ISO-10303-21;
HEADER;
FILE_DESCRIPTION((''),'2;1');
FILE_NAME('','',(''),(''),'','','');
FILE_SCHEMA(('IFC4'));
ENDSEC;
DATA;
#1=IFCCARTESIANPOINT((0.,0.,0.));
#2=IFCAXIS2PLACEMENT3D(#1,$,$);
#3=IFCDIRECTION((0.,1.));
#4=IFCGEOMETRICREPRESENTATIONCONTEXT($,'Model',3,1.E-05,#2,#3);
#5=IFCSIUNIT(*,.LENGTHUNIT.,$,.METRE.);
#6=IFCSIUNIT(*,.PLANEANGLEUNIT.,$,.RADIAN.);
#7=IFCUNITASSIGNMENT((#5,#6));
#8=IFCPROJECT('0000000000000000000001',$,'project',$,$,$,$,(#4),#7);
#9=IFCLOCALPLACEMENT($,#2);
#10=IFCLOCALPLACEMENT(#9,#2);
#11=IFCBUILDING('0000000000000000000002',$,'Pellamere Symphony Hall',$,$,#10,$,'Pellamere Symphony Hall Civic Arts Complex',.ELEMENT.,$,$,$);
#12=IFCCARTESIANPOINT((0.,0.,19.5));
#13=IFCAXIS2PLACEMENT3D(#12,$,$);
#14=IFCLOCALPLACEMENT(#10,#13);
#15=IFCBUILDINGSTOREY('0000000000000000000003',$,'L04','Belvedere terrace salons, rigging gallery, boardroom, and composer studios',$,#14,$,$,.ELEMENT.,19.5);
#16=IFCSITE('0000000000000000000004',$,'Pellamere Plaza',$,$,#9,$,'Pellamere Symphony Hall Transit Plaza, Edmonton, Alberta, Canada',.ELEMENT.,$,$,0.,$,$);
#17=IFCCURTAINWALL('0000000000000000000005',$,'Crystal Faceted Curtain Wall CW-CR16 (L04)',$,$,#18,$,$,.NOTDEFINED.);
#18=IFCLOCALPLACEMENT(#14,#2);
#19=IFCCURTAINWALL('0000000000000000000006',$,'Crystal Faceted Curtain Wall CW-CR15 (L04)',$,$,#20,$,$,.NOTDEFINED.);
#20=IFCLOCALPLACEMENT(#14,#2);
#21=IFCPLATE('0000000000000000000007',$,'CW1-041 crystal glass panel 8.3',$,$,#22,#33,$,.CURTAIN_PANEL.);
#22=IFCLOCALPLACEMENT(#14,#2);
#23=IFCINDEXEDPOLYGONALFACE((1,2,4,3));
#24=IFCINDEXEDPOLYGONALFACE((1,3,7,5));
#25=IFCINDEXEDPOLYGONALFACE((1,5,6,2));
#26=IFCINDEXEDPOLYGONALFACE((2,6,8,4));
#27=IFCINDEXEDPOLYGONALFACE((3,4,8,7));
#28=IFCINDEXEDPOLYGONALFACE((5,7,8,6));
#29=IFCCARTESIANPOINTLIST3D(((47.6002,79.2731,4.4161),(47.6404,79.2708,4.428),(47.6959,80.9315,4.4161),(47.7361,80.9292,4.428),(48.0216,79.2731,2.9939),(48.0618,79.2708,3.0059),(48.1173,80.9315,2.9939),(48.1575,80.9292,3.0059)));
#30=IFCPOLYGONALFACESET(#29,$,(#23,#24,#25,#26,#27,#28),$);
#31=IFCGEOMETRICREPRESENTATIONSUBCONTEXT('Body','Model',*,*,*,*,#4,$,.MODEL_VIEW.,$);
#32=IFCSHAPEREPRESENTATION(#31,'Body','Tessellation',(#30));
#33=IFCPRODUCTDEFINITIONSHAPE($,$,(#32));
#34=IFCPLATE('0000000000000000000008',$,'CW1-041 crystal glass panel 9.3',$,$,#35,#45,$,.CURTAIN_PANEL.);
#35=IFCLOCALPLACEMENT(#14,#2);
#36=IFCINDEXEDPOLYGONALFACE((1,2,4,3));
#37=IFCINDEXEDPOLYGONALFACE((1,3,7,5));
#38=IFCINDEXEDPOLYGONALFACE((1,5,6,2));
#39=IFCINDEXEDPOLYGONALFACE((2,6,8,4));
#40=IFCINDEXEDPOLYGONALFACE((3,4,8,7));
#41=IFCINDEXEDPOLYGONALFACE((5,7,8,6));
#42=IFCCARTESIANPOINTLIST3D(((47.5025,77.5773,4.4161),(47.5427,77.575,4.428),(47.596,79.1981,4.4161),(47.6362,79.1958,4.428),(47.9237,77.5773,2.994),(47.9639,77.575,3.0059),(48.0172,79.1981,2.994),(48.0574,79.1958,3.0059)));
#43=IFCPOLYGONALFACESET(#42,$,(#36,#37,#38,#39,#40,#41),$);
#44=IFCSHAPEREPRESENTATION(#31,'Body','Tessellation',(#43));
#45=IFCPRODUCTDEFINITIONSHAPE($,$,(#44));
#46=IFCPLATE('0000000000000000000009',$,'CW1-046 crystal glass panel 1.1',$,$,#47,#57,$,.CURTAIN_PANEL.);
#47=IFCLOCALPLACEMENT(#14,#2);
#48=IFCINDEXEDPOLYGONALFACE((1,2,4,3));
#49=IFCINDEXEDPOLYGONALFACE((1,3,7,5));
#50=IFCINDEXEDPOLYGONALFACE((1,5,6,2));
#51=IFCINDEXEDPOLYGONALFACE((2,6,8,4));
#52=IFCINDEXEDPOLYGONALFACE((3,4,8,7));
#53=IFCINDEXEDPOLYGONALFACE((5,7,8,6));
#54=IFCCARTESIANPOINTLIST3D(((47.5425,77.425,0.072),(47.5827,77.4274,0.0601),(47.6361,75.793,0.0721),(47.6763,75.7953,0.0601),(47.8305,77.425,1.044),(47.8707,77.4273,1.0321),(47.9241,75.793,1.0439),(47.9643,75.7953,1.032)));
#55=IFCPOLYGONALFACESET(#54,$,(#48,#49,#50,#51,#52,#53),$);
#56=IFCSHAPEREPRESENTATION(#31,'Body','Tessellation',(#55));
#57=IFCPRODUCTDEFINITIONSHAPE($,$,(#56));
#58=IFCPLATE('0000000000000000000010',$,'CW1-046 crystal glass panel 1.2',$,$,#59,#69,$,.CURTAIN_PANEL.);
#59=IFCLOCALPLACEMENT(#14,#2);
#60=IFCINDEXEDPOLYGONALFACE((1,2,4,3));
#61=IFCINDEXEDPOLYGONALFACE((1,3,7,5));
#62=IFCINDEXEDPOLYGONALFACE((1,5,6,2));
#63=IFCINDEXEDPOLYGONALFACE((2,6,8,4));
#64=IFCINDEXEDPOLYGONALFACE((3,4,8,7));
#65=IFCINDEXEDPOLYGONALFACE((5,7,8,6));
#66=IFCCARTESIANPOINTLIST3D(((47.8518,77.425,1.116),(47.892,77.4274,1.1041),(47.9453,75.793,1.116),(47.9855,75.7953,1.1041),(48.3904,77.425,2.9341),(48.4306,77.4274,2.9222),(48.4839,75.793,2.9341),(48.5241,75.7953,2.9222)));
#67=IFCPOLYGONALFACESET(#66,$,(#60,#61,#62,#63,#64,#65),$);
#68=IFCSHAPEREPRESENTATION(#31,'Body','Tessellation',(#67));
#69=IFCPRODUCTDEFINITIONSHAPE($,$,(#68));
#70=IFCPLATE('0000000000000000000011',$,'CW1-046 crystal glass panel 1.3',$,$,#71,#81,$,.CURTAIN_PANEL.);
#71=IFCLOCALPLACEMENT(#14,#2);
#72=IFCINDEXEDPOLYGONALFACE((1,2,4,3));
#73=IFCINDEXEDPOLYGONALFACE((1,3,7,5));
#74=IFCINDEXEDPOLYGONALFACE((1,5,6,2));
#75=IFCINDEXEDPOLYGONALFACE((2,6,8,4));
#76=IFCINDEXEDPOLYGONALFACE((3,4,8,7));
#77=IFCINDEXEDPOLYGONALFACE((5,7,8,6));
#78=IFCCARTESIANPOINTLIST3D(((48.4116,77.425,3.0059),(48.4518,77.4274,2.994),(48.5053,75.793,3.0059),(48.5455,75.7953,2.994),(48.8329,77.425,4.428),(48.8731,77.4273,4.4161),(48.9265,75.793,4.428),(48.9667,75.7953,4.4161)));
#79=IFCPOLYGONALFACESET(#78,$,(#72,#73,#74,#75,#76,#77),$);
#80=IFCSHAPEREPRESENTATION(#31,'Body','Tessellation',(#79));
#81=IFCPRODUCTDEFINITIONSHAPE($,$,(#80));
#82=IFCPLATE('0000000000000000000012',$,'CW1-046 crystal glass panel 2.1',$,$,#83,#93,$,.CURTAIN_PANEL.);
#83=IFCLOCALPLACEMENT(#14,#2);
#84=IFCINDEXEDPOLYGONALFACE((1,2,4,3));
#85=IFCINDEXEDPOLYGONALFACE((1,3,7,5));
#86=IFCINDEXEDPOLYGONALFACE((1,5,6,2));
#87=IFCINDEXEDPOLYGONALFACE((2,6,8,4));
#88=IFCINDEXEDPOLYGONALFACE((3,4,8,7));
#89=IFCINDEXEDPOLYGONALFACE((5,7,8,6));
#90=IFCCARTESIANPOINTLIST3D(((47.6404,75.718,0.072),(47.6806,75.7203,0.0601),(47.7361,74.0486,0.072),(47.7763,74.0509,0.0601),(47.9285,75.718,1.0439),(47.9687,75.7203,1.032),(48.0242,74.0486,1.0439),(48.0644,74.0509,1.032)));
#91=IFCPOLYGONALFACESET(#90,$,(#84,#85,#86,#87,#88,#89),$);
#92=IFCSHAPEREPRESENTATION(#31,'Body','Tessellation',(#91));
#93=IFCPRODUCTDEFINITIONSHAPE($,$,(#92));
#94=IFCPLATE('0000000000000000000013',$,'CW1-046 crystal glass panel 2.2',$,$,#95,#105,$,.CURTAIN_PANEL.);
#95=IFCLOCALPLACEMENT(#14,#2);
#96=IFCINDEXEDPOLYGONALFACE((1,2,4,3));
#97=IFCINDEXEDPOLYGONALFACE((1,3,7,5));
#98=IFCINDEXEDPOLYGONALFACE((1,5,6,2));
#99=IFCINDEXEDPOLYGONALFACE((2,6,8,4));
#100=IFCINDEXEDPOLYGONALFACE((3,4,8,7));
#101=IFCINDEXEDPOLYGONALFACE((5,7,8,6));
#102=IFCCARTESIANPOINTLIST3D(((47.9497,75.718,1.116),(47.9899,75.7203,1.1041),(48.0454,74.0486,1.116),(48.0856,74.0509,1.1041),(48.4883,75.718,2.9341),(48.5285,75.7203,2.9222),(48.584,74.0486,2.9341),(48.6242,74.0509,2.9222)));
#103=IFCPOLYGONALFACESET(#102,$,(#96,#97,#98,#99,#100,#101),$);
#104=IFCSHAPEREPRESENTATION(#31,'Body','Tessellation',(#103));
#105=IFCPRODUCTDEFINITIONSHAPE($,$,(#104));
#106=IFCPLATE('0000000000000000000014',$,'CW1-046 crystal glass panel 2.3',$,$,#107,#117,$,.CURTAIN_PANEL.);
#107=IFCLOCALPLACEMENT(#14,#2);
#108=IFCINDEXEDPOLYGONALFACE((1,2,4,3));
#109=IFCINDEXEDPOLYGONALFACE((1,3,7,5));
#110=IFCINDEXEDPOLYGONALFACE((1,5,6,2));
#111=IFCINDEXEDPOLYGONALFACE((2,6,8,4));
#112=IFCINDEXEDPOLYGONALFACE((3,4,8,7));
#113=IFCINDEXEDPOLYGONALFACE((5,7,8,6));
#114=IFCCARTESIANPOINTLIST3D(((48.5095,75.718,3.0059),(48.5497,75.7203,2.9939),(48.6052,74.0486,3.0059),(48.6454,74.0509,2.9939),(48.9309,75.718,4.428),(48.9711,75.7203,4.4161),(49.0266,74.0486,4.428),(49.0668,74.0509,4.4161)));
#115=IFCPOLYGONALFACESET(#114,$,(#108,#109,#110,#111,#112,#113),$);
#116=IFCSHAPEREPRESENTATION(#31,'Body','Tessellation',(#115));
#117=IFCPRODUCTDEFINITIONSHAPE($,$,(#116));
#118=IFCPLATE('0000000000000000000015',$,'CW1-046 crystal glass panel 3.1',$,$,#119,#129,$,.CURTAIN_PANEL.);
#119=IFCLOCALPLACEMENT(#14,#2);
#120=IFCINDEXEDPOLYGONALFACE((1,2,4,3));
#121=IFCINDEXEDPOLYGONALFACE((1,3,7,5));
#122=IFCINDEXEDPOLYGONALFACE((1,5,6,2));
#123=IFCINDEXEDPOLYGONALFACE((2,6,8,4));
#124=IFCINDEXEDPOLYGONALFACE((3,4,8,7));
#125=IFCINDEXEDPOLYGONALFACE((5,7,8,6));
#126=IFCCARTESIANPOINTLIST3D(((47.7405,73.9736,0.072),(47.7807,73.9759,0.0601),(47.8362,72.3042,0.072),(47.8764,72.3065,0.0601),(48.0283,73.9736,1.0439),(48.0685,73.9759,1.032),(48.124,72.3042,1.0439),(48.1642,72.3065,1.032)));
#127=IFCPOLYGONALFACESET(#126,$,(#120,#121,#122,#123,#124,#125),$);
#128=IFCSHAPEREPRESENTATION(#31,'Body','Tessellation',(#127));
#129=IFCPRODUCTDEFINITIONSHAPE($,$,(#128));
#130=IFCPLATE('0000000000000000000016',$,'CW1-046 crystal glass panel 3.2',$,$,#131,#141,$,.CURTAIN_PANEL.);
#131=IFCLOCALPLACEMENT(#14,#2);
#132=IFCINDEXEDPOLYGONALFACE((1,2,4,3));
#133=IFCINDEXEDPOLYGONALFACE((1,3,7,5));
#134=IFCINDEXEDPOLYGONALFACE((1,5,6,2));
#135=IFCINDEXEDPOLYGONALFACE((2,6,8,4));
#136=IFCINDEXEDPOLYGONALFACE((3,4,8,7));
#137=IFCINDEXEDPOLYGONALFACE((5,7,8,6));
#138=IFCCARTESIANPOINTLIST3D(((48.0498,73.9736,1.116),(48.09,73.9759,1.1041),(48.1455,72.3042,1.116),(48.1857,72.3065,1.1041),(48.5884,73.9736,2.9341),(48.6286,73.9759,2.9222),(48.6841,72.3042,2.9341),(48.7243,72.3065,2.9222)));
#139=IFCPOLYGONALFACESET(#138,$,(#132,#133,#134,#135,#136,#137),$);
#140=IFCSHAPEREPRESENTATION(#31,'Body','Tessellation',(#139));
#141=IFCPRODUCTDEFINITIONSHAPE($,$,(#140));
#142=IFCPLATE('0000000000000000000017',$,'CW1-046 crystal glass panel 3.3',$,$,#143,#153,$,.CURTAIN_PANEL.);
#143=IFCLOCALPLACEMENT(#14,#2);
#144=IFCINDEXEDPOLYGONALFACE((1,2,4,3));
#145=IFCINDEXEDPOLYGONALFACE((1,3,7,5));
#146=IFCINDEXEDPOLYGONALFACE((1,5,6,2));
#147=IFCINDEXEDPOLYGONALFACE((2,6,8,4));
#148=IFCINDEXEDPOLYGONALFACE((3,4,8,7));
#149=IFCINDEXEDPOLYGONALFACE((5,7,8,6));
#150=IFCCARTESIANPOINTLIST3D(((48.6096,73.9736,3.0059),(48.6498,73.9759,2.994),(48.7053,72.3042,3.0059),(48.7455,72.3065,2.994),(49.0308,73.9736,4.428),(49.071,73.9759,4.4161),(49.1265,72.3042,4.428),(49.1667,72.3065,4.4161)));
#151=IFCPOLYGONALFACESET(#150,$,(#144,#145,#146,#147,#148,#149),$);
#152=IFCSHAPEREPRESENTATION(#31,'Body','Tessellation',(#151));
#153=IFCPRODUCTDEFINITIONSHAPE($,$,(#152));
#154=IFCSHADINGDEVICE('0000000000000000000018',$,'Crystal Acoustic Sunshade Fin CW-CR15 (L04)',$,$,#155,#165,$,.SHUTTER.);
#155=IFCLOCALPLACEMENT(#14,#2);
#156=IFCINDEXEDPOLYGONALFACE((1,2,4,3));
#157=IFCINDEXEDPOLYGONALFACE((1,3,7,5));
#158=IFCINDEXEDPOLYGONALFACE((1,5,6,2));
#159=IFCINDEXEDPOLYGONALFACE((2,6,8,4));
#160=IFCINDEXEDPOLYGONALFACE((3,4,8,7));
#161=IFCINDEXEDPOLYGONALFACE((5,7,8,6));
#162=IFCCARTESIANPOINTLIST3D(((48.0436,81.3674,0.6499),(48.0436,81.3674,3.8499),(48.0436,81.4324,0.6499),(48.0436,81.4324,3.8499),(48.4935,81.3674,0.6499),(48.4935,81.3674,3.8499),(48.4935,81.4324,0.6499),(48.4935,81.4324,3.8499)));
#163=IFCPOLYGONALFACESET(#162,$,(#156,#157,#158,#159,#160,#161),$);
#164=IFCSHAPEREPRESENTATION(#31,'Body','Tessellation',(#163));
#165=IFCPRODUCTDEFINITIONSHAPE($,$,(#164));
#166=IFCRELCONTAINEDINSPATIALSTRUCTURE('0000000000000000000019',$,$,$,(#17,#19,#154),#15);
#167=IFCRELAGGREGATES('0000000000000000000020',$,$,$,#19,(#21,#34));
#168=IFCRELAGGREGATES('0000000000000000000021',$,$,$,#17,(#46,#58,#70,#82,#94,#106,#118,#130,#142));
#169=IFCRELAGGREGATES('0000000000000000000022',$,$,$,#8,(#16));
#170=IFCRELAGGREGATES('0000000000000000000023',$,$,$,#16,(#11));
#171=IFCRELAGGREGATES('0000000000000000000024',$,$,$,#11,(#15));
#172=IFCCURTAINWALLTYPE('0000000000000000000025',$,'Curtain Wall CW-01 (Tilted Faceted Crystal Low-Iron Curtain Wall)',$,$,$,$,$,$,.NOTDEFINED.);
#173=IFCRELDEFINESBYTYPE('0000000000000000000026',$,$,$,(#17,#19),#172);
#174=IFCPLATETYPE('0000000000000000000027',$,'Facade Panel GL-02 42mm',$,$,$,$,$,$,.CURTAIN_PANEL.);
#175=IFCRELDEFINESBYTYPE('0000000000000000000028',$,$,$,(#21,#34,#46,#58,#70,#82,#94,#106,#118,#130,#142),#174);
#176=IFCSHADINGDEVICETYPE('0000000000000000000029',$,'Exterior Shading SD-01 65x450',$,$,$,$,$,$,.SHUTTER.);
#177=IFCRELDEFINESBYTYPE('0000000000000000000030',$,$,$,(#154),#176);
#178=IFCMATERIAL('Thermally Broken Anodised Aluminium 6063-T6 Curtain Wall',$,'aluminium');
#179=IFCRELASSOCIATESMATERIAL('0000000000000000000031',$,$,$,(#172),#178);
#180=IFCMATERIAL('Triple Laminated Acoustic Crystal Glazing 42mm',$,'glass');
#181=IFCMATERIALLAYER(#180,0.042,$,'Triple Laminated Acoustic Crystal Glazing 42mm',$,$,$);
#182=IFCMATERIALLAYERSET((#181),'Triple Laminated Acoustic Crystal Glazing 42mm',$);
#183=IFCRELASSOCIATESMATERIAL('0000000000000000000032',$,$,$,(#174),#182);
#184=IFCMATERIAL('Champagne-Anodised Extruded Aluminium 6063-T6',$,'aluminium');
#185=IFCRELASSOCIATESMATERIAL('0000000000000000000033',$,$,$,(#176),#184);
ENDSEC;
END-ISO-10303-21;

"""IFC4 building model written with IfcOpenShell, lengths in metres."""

from ifc_helpers import new_model, si_unit, direction, frame, origin, origin_2d, place, context, subcontext, project, spatial, polyline, rectangle, outline, extrude, material, layer, layer_set, type_object, element, aggregate, save


model = new_model("IFC4")

# Units and contexts
model_context = context("Model", 3, precision=1e-05, world=origin(), true_north=direction((0.0, 1.0)))
body_context = subcontext(model_context, "Body", "Model", "MODEL_VIEW")
ifc_project = project(units=[si_unit("LENGTHUNIT", "METRE"), si_unit("PLANEANGLEUNIT", "RADIAN")], contexts=[model_context])

# Site, building, storey
site_placement = place(None, origin())
site = spatial("IfcSite", under=ifc_project, at=site_placement, Name="Pellamere Plaza", LongName="Pellamere Symphony Hall Transit Plaza, Edmonton, Alberta, Canada", CompositionType="ELEMENT", RefElevation=0.0)
building_placement = place(site_placement, origin())
building = spatial("IfcBuilding", under=site, at=building_placement, Name="Pellamere Symphony Hall", LongName="Pellamere Symphony Hall Civic Arts Complex", CompositionType="ELEMENT")
storey_placement = place(building_placement, frame((0.0, 0.0, 19.5)))
storey = spatial("IfcBuildingStorey", under=building, at=storey_placement, Name="L04", Description="Belvedere terrace salons, rigging gallery, boardroom, and composer studios", CompositionType="ELEMENT", Elevation=19.5)

# Curtain walls
ifc_material_1 = material(Name="Thermally Broken Anodised Aluminium 6063-T6 Curtain Wall", Category="aluminium")
curtain_wall_type = type_object("IfcCurtainWallType", Name="Curtain Wall CW-01 (Tilted Faceted Crystal Low-Iron Curtain Wall)", PredefinedType="NOTDEFINED", material=ifc_material_1)
curtain_wall_1_placement = place(storey_placement, origin())
curtain_wall_1 = element("IfcCurtainWall", 1, at=curtain_wall_1_placement, inside=storey, type_object=curtain_wall_type, Name="Crystal Faceted Curtain Wall CW-CR16 (L04)", PredefinedType="NOTDEFINED")
curtain_wall_2_placement = place(storey_placement, origin())
curtain_wall_2 = element("IfcCurtainWall", 2, at=curtain_wall_2_placement, inside=storey, type_object=curtain_wall_type, Name="Crystal Faceted Curtain Wall CW-CR15 (L04)", PredefinedType="NOTDEFINED")

# Plates
ifc_material_2 = material(Name="Triple Laminated Acoustic Crystal Glazing 42mm", Category="glass")
ifc_layer = layer(ifc_material_2, 0.042, Name="Triple Laminated Acoustic Crystal Glazing 42mm")
ifc_layer_set = layer_set([ifc_layer], Name="Triple Laminated Acoustic Crystal Glazing 42mm")
plate_type = type_object("IfcPlateType", Name="Facade Panel GL-02 42mm", PredefinedType="CURTAIN_PANEL", material=ifc_layer_set)
plate_1_placement = place(storey_placement, frame((48.1575, 80.9292, 3.0059), z_axis=(0.957331, -0.055244, 0.283666), x_axis=(-0.057611, -0.998339, 0.0)))
plate_1 = element("IfcPlate", 3, at=plate_1_placement, type_object=plate_type, Name="CW1-041 crystal glass panel 8.3", PredefinedType="CURTAIN_PANEL", context=body_context, shape_type="SweptSolid", body=[
    extrude(outline(polyline([(0.0, 0.0), (1.6612, 0.0), (1.6855, -1.483), (0.0243, -1.483), (0.0, 0.0)])), origin(), (0.0, 0.0, -1.0), 0.042),
])
plate_2_placement = place(storey_placement, frame((48.0574, 79.1958, 3.0059), z_axis=(0.957376, -0.05523, 0.283515), x_axis=(-0.057594, -0.99834, 0.0)))
plate_2 = element("IfcPlate", 4, at=plate_2_placement, type_object=plate_type, Name="CW1-041 crystal glass panel 9.3", PredefinedType="CURTAIN_PANEL", context=body_context, shape_type="SweptSolid", body=[
    extrude(outline(polyline([(0.0, 0.0), (1.6235, 0.0), (1.6478, -1.483), (0.0243, -1.483), (0.0, 0.0)])), origin(), (0.0, 0.0, -1.0), 0.042),
])
aggregate(curtain_wall_2, [plate_1, plate_2])
plate_3_placement = place(storey_placement, frame((47.5425, 77.425, 0.072), z_axis=(-0.957355, -0.054921, 0.283647), x_axis=(0.057279, -0.998358, 0.00002)))
plate_3 = element("IfcPlate", 5, at=plate_3_placement, type_object=plate_type, Name="CW1-046 crystal glass panel 1.1", PredefinedType="CURTAIN_PANEL", context=body_context, shape_type="SweptSolid", body=[
    extrude(outline(polyline([(0.0, 0.0), (1.6348, 0.0), (1.6513, 1.0135), (0.0165, 1.0136), (0.0, 0.0)])), origin(), (0.0, 0.0, -1.0), 0.042),
])
plate_4_placement = place(storey_placement, frame((47.8518, 77.425, 1.116), z_axis=(-0.957373, -0.05485, 0.283599), x_axis=(0.057199, -0.998363, 0.0)))
plate_4 = element("IfcPlate", 6, at=plate_4_placement, type_object=plate_type, Name="CW1-046 crystal glass panel 1.2", PredefinedType="CURTAIN_PANEL", context=body_context, shape_type="SweptSolid", body=[
    extrude(outline(polyline([(0.0, 0.0), (1.6348, 0.0), (1.6656, 1.896), (0.0308, 1.896), (0.0, 0.0)])), origin(), (0.0, 0.0, -1.0), 0.042),
])
plate_5_placement = place(storey_placement, frame((48.4116, 77.425, 3.0059), z_axis=(-0.95737, -0.054922, 0.283595), x_axis=(0.057279, -0.998358, 0.00002)))
plate_5 = element("IfcPlate", 7, at=plate_5_placement, type_object=plate_type, Name="CW1-046 crystal glass panel 1.3", PredefinedType="CURTAIN_PANEL", context=body_context, shape_type="SweptSolid", body=[
    extrude(outline(polyline([(0.0, 0.0), (1.6348, 0.0), (1.6589, 1.483), (0.0242, 1.483), (0.0, 0.0)])), origin(), (0.0, 0.0, -1.0), 0.042),
])
plate_6_placement = place(storey_placement, frame((47.6404, 75.718, 0.072), z_axis=(-0.957324, -0.05488, 0.283758), x_axis=(0.057233, -0.998361, 0.0)))
plate_6 = element("IfcPlate", 8, at=plate_6_placement, type_object=plate_type, Name="CW1-046 crystal glass panel 2.1", PredefinedType="CURTAIN_PANEL", context=body_context, shape_type="SweptSolid", body=[
    extrude(outline(polyline([(0.0, 0.0), (1.6722, 0.0), (1.6887, 1.0136), (0.0165, 1.0136), (0.0, 0.0)])), origin(), (0.0, 0.0, -1.0), 0.042),
])
plate_7_placement = place(storey_placement, frame((47.9497, 75.718, 1.116), z_axis=(-0.957371, -0.054883, 0.283599), x_axis=(0.057233, -0.998361, 0.0)))
plate_7 = element("IfcPlate", 9, at=plate_7_placement, type_object=plate_type, Name="CW1-046 crystal glass panel 2.2", PredefinedType="CURTAIN_PANEL", context=body_context, shape_type="SweptSolid", body=[
    extrude(outline(polyline([(0.0, 0.0), (1.6722, 0.0), (1.703, 1.896), (0.0308, 1.896), (0.0, 0.0)])), origin(), (0.0, 0.0, -1.0), 0.042),
])
plate_8_placement = place(storey_placement, frame((48.5095, 75.718, 3.0059), z_axis=(-0.95735, -0.054882, 0.283671), x_axis=(0.057233, -0.998361, 0.0)))
plate_8 = element("IfcPlate", 10, at=plate_8_placement, type_object=plate_type, Name="CW1-046 crystal glass panel 2.3", PredefinedType="CURTAIN_PANEL", context=body_context, shape_type="SweptSolid", body=[
    extrude(outline(polyline([(0.0, 0.0), (1.6722, 0.0), (1.6963, 1.483), (0.0241, 1.483), (0.0, 0.0)])), origin(), (0.0, 0.0, -1.0), 0.042),
])
plate_9_placement = place(storey_placement, frame((47.7405, 73.9736, 0.072), z_axis=(-0.957389, -0.054884, 0.283537), x_axis=(0.057233, -0.998361, 0.0)))
plate_9 = element("IfcPlate", 11, at=plate_9_placement, type_object=plate_type, Name="CW1-046 crystal glass panel 3.1", PredefinedType="CURTAIN_PANEL", context=body_context, shape_type="SweptSolid", body=[
    extrude(outline(polyline([(0.0, 0.0), (1.6722, 0.0), (1.6886, 1.0135), (0.0165, 1.0135), (0.0, 0.0)])), origin(), (0.0, 0.0, -1.0), 0.042),
])
plate_10_placement = place(storey_placement, frame((48.0498, 73.9736, 1.116), z_axis=(-0.957371, -0.054883, 0.283599), x_axis=(0.057233, -0.998361, 0.0)))
plate_10 = element("IfcPlate", 12, at=plate_10_placement, type_object=plate_type, Name="CW1-046 crystal glass panel 3.2", PredefinedType="CURTAIN_PANEL", context=body_context, shape_type="SweptSolid", body=[
    extrude(outline(polyline([(0.0, 0.0), (1.6722, 0.0), (1.703, 1.896), (0.0308, 1.896), (0.0, 0.0)])), origin(), (0.0, 0.0, -1.0), 0.042),
])
plate_11_placement = place(storey_placement, frame((48.6096, 73.9736, 3.0059), z_axis=(-0.957394, -0.054884, 0.28352), x_axis=(0.057233, -0.998361, 0.0)))
plate_11 = element("IfcPlate", 13, at=plate_11_placement, type_object=plate_type, Name="CW1-046 crystal glass panel 3.3", PredefinedType="CURTAIN_PANEL", context=body_context, shape_type="SweptSolid", body=[
    extrude(outline(polyline([(0.0, 0.0), (1.6722, 0.0), (1.6963, 1.483), (0.0241, 1.483), (0.0, 0.0)])), origin(), (0.0, 0.0, -1.0), 0.042),
])
aggregate(curtain_wall_1, [plate_3, plate_4, plate_5, plate_6, plate_7, plate_8, plate_9, plate_10, plate_11])

# Shading device
ifc_material_3 = material(Name="Champagne-Anodised Extruded Aluminium 6063-T6", Category="aluminium")
shading_device_type = type_object("IfcShadingDeviceType", Name="Exterior Shading SD-01 65x450", PredefinedType="SHUTTER", material=ifc_material_3)
shading_device_placement = place(storey_placement, frame((48.2686, 81.3999, 0.6499), z_axis=(0.0, 0.0, 1.0), x_axis=(0.0, 1.0, 0.0)))
element("IfcShadingDevice", 14, at=shading_device_placement, inside=storey, type_object=shading_device_type, Name="Crystal Acoustic Sunshade Fin CW-CR15 (L04)", PredefinedType="SHUTTER", context=body_context, shape_type="SweptSolid", body=[
    extrude(rectangle(XDim=0.0649, YDim=0.45, at=origin_2d()), origin(), (0.0, 0.0, 1.0), 3.2),
])

save(model, "model.ifc")
